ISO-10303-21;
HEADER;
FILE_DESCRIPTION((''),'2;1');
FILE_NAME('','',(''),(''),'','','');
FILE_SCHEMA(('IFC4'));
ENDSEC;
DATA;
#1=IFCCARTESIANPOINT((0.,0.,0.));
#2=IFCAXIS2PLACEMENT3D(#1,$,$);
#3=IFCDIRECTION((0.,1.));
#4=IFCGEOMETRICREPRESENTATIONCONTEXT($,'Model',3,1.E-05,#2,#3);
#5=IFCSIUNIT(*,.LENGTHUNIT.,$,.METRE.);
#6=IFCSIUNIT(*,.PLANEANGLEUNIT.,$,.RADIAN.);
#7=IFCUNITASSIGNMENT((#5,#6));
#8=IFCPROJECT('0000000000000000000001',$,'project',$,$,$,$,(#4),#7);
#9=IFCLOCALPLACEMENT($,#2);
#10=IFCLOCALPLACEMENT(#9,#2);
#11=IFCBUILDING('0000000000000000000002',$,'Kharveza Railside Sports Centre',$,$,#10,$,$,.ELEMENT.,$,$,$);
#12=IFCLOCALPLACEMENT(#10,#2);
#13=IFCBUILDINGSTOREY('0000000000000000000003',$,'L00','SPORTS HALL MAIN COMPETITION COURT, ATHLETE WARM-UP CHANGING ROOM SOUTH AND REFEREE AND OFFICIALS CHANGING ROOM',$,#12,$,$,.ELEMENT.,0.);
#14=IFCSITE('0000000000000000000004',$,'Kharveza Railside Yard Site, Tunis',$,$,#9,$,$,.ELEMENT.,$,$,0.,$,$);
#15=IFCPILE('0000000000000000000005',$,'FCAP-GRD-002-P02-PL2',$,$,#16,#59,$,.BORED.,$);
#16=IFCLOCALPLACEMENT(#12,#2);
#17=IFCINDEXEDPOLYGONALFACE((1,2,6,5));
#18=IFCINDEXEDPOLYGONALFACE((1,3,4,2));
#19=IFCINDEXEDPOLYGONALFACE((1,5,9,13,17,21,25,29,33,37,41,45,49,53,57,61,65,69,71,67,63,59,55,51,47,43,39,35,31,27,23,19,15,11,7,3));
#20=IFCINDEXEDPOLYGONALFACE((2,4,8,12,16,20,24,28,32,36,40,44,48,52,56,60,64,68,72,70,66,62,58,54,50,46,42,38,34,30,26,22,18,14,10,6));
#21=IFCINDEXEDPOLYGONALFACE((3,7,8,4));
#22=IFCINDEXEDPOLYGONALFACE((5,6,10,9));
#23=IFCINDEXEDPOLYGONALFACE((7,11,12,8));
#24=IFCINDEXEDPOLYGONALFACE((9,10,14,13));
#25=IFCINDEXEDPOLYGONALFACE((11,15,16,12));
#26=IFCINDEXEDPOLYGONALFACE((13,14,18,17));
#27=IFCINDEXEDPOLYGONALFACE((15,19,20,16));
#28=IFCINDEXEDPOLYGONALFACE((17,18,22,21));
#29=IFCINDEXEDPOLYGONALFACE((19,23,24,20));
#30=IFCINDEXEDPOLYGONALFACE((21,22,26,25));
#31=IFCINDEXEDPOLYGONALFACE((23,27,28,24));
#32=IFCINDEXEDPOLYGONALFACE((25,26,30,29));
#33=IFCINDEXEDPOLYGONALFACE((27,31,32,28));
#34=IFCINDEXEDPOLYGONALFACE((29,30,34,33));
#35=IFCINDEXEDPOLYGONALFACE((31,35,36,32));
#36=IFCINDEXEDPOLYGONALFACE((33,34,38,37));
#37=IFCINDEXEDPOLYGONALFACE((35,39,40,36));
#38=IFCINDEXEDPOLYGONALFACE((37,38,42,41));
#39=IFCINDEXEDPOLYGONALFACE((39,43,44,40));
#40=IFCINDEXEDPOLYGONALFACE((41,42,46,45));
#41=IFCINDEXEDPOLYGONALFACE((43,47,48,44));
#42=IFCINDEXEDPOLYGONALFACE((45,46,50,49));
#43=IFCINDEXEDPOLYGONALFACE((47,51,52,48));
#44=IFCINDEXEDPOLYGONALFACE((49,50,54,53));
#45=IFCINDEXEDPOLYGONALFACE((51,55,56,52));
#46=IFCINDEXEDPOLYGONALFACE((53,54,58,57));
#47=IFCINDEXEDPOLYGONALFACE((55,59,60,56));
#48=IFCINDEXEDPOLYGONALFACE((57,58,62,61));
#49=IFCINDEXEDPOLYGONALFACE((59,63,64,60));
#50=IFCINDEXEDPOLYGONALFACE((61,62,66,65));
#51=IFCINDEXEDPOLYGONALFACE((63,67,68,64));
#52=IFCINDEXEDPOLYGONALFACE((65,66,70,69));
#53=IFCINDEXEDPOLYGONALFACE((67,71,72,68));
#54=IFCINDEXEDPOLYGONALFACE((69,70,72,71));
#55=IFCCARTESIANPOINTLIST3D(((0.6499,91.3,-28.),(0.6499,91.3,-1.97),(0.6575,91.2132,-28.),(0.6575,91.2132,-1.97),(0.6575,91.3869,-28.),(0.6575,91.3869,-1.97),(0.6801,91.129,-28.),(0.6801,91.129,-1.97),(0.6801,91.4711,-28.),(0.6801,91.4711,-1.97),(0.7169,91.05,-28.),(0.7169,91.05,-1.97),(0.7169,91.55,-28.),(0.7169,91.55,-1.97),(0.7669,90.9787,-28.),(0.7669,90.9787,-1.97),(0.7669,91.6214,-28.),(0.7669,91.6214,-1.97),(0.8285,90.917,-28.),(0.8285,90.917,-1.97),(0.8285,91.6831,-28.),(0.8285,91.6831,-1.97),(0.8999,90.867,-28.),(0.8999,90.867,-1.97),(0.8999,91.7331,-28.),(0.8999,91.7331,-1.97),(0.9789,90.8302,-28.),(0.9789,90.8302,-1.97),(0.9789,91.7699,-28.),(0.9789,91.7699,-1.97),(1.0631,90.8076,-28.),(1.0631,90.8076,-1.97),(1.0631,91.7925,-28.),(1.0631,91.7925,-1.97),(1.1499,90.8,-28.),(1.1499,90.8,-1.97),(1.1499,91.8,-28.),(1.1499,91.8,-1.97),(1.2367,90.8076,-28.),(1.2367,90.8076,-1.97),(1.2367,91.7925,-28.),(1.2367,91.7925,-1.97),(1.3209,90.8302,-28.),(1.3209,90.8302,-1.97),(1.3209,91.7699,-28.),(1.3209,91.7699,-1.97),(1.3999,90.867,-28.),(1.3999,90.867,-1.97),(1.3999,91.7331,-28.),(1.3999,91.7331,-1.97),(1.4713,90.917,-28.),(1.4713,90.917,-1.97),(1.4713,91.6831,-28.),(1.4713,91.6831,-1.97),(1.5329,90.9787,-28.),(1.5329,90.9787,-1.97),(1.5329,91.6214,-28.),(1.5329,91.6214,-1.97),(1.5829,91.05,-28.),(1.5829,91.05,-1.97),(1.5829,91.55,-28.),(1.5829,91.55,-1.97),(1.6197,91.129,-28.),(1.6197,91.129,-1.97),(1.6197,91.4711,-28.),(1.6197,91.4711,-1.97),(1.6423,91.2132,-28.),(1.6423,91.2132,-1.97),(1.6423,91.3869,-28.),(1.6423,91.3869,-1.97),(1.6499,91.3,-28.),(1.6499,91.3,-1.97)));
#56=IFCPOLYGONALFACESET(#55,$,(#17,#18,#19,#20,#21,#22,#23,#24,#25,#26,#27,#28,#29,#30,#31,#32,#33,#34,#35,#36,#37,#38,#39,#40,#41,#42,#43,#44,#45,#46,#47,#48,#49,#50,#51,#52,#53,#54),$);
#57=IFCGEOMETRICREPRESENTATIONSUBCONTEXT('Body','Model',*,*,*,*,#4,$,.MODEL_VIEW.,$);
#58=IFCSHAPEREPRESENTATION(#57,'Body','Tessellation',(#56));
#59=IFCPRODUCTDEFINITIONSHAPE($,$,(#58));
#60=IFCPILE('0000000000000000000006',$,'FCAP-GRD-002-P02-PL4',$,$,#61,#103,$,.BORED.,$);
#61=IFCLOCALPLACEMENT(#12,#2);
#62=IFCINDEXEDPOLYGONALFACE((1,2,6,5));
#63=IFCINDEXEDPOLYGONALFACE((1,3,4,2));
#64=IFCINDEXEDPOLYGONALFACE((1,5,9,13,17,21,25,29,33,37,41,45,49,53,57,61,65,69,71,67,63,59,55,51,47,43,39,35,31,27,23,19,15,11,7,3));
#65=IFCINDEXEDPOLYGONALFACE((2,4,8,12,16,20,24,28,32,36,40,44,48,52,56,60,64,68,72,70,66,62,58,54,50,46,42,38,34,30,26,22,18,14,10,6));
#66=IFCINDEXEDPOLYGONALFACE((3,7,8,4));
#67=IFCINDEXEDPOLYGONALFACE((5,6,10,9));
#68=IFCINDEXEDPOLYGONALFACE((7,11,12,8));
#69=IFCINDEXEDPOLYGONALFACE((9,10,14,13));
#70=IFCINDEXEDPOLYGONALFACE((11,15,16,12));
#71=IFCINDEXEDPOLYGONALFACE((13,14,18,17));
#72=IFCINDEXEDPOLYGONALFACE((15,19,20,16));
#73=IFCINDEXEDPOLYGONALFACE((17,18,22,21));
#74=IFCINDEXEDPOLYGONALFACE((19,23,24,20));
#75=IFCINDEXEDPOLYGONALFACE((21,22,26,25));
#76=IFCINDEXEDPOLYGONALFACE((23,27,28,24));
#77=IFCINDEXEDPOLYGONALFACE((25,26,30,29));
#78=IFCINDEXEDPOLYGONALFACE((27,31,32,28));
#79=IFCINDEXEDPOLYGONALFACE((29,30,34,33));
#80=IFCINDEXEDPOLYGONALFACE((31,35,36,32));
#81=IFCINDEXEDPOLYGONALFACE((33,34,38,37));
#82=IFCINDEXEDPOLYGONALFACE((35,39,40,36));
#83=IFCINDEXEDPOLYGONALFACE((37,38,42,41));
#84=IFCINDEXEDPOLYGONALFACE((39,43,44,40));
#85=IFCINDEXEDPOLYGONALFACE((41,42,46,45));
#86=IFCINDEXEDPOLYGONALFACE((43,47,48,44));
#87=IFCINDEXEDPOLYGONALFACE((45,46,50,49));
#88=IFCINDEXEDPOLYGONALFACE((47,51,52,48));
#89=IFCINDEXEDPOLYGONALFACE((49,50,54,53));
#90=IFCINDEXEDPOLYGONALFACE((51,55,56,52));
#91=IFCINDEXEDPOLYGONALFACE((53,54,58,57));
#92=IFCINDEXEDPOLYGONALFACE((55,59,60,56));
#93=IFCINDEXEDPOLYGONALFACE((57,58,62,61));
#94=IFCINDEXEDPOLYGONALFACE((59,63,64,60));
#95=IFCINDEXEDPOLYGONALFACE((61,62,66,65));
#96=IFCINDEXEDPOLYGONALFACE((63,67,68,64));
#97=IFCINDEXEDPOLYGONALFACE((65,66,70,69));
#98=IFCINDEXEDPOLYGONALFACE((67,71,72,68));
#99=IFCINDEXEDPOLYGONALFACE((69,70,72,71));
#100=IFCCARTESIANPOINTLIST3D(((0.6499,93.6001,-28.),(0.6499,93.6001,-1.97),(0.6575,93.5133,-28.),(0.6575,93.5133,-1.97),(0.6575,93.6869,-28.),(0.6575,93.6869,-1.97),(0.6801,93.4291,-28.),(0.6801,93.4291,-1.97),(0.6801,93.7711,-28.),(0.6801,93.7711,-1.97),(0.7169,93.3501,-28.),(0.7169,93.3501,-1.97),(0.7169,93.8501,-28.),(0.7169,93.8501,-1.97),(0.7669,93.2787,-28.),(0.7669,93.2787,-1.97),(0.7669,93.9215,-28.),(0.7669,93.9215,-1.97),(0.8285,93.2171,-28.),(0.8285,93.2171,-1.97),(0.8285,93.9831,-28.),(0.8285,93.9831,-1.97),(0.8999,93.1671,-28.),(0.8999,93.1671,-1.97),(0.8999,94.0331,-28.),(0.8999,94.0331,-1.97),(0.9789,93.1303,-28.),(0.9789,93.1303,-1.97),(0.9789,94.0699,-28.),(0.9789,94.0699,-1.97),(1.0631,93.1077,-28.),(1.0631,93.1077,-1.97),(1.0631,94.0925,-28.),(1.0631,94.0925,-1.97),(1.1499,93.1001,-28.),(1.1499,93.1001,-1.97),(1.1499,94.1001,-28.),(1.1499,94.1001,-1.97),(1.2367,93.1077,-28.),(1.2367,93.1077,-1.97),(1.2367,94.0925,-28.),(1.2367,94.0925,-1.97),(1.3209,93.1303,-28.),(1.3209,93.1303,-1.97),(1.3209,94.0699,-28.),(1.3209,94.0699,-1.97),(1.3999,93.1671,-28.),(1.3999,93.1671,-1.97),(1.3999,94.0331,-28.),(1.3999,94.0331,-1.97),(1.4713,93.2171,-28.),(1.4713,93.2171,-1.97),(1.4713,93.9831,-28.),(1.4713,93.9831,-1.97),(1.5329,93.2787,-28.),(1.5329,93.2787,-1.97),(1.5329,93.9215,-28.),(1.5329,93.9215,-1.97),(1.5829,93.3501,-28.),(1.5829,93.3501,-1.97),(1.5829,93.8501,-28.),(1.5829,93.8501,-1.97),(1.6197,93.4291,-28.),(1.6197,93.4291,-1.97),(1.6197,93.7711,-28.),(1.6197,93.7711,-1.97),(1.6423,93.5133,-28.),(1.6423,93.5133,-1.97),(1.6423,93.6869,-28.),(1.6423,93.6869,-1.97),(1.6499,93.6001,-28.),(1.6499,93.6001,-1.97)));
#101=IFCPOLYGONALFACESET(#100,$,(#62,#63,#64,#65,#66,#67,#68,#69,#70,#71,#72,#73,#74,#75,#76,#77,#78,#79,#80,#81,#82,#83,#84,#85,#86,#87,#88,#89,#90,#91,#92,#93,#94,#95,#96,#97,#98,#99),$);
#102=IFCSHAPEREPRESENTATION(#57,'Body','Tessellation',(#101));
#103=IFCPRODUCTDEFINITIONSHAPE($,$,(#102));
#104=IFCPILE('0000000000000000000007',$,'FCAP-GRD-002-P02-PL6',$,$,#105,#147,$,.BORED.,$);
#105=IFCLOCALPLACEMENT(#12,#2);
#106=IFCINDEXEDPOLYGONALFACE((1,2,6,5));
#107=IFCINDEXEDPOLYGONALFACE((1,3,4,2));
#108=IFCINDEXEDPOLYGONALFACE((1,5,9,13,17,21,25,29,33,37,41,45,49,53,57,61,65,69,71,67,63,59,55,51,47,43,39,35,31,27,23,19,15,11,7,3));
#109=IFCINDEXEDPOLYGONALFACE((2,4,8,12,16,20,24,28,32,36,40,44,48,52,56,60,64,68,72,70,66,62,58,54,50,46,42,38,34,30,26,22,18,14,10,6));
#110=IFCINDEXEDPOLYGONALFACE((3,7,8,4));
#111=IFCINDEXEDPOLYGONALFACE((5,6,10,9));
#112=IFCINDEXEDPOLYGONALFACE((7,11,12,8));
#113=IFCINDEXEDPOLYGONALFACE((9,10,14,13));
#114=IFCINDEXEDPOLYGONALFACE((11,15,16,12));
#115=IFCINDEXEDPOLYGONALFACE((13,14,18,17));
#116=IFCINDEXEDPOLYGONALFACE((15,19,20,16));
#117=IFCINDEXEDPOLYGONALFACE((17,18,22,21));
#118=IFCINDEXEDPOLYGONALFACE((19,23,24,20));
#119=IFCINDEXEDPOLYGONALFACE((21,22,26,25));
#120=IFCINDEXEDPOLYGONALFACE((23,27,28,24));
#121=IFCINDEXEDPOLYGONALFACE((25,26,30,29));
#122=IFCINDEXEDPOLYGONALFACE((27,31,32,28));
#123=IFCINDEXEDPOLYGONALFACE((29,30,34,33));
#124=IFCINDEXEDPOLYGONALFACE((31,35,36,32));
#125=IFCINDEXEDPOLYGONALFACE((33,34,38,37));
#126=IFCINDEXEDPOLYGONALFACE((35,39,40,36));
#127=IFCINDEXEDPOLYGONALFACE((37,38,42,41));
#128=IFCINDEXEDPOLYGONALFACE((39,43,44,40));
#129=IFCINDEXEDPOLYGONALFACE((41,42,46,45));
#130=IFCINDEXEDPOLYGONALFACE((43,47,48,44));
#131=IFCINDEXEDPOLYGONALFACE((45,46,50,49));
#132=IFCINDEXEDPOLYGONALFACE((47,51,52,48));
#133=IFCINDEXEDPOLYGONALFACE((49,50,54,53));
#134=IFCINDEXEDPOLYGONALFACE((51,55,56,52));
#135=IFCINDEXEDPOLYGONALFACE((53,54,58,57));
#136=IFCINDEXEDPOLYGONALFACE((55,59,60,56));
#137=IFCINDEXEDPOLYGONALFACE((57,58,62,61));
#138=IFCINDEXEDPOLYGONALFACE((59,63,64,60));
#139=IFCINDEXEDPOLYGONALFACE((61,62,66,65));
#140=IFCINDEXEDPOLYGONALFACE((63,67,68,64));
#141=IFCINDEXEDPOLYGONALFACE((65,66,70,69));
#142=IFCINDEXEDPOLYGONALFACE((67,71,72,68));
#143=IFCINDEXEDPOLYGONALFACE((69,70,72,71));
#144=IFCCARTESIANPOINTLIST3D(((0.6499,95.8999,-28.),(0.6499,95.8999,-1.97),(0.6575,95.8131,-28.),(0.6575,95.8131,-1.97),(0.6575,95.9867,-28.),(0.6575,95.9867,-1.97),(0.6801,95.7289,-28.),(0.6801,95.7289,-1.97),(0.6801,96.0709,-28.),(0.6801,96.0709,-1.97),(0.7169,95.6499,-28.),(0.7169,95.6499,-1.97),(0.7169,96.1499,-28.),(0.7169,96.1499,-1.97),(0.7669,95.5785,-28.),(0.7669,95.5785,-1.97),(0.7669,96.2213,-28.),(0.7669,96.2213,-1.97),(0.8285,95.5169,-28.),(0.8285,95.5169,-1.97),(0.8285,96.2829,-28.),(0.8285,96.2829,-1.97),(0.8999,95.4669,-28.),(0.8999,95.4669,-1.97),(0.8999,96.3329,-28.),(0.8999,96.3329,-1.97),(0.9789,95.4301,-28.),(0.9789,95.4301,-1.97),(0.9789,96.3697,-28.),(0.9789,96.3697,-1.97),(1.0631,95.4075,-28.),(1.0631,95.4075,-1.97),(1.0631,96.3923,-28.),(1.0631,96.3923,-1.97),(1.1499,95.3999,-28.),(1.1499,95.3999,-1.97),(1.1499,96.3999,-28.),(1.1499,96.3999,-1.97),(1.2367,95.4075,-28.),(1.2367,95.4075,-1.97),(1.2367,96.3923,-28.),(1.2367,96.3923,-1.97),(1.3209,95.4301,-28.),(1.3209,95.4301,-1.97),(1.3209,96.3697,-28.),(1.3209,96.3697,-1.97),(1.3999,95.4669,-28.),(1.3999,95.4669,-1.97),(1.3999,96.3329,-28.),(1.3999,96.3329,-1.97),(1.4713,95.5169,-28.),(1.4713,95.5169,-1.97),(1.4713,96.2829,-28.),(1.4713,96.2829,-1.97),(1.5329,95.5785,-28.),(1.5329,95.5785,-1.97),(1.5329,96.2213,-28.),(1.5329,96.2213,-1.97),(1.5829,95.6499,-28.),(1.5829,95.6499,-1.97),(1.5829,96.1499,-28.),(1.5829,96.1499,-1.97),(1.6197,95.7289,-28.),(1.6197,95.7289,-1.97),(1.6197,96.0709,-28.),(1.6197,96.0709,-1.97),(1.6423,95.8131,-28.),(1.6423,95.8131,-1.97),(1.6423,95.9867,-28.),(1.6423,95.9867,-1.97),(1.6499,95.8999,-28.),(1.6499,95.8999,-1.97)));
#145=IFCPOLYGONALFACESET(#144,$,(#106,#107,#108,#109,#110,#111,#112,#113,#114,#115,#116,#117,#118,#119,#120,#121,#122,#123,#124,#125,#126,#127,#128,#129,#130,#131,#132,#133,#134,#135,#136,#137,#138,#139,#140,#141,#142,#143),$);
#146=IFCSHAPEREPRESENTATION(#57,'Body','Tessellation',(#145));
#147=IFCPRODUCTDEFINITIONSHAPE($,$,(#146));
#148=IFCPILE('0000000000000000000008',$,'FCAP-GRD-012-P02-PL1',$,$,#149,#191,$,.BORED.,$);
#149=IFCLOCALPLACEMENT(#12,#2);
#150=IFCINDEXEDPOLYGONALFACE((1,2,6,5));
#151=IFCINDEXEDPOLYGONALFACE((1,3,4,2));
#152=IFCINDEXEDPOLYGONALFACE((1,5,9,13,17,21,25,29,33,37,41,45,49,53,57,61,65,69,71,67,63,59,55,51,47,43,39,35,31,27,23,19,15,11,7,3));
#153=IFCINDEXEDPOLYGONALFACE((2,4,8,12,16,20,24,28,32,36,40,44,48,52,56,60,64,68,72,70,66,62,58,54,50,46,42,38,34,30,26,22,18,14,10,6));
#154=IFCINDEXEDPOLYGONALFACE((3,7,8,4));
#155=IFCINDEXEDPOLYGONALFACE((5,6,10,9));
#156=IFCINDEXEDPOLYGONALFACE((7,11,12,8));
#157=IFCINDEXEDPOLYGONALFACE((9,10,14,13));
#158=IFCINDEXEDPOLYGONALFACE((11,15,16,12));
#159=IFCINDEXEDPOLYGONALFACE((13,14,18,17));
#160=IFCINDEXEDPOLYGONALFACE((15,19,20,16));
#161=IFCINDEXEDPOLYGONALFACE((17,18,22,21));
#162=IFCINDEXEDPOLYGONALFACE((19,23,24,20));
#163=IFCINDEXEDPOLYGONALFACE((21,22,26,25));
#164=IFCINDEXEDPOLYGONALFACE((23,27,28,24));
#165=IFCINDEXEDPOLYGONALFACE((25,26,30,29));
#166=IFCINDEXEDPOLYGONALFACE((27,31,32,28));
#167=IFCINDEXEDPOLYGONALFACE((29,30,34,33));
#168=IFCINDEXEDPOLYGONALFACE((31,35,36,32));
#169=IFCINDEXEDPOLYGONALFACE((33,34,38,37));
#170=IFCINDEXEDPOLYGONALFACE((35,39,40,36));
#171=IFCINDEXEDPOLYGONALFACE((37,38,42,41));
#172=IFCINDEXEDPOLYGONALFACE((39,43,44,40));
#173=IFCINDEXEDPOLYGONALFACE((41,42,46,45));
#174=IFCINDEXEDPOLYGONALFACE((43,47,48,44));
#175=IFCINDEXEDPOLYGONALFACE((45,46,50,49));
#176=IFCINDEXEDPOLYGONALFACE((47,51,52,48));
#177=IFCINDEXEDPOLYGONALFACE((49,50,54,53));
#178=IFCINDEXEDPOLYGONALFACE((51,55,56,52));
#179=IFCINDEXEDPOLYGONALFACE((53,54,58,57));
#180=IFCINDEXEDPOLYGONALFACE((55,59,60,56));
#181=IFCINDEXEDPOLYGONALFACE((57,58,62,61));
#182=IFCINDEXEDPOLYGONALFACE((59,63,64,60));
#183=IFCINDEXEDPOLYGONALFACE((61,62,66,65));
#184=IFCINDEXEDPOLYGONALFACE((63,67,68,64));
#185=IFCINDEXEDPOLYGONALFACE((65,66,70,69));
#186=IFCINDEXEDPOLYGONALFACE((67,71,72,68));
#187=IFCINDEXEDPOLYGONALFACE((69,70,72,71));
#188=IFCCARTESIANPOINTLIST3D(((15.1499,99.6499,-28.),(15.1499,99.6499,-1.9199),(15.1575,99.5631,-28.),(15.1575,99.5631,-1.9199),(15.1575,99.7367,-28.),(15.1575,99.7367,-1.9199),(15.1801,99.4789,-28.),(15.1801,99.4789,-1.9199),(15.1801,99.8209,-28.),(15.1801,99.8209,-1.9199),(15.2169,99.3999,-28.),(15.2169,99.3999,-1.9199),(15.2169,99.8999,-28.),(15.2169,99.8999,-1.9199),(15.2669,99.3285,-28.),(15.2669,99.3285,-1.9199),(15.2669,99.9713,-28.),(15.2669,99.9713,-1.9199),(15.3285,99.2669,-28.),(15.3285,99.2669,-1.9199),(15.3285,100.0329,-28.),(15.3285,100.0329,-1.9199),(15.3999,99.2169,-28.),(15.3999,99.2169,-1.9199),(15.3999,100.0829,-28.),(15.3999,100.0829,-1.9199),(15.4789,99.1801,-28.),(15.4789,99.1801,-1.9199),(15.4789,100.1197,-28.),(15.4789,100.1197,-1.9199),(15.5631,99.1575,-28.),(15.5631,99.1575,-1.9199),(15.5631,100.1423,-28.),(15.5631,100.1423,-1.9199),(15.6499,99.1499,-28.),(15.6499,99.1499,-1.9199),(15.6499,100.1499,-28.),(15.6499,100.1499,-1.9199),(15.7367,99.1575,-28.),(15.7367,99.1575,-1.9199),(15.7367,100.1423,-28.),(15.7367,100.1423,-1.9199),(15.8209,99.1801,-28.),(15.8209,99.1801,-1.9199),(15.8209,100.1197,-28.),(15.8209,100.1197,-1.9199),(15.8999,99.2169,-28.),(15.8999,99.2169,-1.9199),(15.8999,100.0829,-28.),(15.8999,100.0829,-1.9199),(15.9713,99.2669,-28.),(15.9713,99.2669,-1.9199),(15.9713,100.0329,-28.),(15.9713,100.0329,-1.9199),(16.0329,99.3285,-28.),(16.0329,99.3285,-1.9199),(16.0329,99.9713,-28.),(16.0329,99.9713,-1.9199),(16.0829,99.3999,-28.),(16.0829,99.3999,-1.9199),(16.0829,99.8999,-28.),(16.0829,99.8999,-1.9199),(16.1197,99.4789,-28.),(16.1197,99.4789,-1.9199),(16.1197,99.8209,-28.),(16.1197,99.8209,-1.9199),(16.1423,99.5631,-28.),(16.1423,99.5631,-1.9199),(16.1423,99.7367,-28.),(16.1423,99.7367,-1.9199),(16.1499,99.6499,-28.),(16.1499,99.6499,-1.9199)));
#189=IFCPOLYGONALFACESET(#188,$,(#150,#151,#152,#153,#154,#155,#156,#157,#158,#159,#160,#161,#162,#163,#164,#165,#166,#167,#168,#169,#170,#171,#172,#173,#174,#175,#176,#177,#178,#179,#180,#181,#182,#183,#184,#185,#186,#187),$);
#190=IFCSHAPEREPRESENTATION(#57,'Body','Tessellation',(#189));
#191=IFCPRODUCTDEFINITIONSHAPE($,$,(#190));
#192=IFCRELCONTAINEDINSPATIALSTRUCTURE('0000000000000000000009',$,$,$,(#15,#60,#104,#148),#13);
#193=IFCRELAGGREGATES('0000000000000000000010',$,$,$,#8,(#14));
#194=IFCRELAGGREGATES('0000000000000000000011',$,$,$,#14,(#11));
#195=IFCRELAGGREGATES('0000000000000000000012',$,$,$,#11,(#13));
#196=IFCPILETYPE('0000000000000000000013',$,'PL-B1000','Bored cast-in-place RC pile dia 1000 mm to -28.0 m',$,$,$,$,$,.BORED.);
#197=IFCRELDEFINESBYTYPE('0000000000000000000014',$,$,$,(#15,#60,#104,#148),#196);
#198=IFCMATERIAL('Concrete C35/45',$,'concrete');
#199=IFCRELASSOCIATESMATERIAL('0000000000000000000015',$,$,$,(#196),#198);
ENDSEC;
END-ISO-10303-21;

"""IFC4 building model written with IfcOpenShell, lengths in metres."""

from ifc_helpers import new_model, si_unit, direction, frame, origin, origin_2d, place, context, subcontext, project, spatial, circle, extrude, material, material_profile, profile_set, type_object, element, save


model = new_model("IFC4")

# Units and contexts
model_context = context("Model", 3, precision=1e-05, world=origin(), true_north=direction((0.0, 1.0)))
body_context = subcontext(model_context, "Body", "Model", "MODEL_VIEW")
ifc_project = project(units=[si_unit("LENGTHUNIT", "METRE"), si_unit("PLANEANGLEUNIT", "RADIAN")], contexts=[model_context])

# Site, building, storey
site_placement = place(None, origin())
site = spatial("IfcSite", under=ifc_project, at=site_placement, Name="Kharveza Railside Yard Site, Tunis", CompositionType="ELEMENT", RefElevation=0.0)
building_placement = place(site_placement, origin())
building = spatial("IfcBuilding", under=site, at=building_placement, Name="Kharveza Railside Sports Centre", CompositionType="ELEMENT")
storey_placement = place(building_placement, origin())
storey = spatial("IfcBuildingStorey", under=building, at=storey_placement, Name="L00", Description="SPORTS HALL MAIN COMPETITION COURT, ATHLETE WARM-UP CHANGING ROOM SOUTH AND REFEREE AND OFFICIALS CHANGING ROOM", CompositionType="ELEMENT", Elevation=0.0)

# Piles
ifc_material_1 = material(Name="Concrete C35/45", Category="concrete")
ifc_material_profile_1 = material_profile(ifc_material_1, circle(Radius=0.5, at=origin_2d()), Name="PILE D1000")
ifc_profile_set_1 = profile_set([ifc_material_profile_1], Name="Concrete C35/45")
pile_type_1 = type_object("IfcPileType", Name="PL-B1000", Description="Bored cast-in-place RC pile dia 1000 mm to -28.0 m", PredefinedType="BORED", material=ifc_profile_set_1)
for number, where, z_axis, x_axis, name in (
    (1, (1.1499, 91.3, -1.97), (0.0, 0.0, -1.0), (1.0, 0.0, 0.0), "FCAP-GRD-002-P02-PL2"),
    (2, (1.1499, 93.6001, -1.97), (0.0, 0.0, -1.0), (1.0, 0.0, 0.0), "FCAP-GRD-002-P02-PL4"),
    (3, (1.1499, 95.8999, -1.97), (0.0, 0.0, -1.0), (1.0, 0.0, 0.0), "FCAP-GRD-002-P02-PL6"),
):
    element("IfcPile", number, at=place(storey_placement, frame(where, z_axis=z_axis, x_axis=x_axis)), inside=storey, type_object=pile_type_1, Name=name, PredefinedType="BORED", context=body_context, shape_type="SweptSolid", body=[
        extrude(circle(Radius=0.5, at=origin_2d()), origin(), (0.0, 0.0, 1.0), 26.03),
    ])
pile_placement = place(storey_placement, frame((15.6499, 99.6499, -1.9199), z_axis=(0.0, 0.0, -1.0), x_axis=(1.0, 0.0, 0.0)))
element("IfcPile", 4, at=pile_placement, inside=storey, type_object=pile_type_1, Name="FCAP-GRD-012-P02-PL1", PredefinedType="BORED", context=body_context, shape_type="SweptSolid", body=[
    extrude(circle(Radius=0.5, at=origin_2d()), origin(), (0.0, 0.0, 1.0), 26.0801),
])

save(model, "model.ifc")
